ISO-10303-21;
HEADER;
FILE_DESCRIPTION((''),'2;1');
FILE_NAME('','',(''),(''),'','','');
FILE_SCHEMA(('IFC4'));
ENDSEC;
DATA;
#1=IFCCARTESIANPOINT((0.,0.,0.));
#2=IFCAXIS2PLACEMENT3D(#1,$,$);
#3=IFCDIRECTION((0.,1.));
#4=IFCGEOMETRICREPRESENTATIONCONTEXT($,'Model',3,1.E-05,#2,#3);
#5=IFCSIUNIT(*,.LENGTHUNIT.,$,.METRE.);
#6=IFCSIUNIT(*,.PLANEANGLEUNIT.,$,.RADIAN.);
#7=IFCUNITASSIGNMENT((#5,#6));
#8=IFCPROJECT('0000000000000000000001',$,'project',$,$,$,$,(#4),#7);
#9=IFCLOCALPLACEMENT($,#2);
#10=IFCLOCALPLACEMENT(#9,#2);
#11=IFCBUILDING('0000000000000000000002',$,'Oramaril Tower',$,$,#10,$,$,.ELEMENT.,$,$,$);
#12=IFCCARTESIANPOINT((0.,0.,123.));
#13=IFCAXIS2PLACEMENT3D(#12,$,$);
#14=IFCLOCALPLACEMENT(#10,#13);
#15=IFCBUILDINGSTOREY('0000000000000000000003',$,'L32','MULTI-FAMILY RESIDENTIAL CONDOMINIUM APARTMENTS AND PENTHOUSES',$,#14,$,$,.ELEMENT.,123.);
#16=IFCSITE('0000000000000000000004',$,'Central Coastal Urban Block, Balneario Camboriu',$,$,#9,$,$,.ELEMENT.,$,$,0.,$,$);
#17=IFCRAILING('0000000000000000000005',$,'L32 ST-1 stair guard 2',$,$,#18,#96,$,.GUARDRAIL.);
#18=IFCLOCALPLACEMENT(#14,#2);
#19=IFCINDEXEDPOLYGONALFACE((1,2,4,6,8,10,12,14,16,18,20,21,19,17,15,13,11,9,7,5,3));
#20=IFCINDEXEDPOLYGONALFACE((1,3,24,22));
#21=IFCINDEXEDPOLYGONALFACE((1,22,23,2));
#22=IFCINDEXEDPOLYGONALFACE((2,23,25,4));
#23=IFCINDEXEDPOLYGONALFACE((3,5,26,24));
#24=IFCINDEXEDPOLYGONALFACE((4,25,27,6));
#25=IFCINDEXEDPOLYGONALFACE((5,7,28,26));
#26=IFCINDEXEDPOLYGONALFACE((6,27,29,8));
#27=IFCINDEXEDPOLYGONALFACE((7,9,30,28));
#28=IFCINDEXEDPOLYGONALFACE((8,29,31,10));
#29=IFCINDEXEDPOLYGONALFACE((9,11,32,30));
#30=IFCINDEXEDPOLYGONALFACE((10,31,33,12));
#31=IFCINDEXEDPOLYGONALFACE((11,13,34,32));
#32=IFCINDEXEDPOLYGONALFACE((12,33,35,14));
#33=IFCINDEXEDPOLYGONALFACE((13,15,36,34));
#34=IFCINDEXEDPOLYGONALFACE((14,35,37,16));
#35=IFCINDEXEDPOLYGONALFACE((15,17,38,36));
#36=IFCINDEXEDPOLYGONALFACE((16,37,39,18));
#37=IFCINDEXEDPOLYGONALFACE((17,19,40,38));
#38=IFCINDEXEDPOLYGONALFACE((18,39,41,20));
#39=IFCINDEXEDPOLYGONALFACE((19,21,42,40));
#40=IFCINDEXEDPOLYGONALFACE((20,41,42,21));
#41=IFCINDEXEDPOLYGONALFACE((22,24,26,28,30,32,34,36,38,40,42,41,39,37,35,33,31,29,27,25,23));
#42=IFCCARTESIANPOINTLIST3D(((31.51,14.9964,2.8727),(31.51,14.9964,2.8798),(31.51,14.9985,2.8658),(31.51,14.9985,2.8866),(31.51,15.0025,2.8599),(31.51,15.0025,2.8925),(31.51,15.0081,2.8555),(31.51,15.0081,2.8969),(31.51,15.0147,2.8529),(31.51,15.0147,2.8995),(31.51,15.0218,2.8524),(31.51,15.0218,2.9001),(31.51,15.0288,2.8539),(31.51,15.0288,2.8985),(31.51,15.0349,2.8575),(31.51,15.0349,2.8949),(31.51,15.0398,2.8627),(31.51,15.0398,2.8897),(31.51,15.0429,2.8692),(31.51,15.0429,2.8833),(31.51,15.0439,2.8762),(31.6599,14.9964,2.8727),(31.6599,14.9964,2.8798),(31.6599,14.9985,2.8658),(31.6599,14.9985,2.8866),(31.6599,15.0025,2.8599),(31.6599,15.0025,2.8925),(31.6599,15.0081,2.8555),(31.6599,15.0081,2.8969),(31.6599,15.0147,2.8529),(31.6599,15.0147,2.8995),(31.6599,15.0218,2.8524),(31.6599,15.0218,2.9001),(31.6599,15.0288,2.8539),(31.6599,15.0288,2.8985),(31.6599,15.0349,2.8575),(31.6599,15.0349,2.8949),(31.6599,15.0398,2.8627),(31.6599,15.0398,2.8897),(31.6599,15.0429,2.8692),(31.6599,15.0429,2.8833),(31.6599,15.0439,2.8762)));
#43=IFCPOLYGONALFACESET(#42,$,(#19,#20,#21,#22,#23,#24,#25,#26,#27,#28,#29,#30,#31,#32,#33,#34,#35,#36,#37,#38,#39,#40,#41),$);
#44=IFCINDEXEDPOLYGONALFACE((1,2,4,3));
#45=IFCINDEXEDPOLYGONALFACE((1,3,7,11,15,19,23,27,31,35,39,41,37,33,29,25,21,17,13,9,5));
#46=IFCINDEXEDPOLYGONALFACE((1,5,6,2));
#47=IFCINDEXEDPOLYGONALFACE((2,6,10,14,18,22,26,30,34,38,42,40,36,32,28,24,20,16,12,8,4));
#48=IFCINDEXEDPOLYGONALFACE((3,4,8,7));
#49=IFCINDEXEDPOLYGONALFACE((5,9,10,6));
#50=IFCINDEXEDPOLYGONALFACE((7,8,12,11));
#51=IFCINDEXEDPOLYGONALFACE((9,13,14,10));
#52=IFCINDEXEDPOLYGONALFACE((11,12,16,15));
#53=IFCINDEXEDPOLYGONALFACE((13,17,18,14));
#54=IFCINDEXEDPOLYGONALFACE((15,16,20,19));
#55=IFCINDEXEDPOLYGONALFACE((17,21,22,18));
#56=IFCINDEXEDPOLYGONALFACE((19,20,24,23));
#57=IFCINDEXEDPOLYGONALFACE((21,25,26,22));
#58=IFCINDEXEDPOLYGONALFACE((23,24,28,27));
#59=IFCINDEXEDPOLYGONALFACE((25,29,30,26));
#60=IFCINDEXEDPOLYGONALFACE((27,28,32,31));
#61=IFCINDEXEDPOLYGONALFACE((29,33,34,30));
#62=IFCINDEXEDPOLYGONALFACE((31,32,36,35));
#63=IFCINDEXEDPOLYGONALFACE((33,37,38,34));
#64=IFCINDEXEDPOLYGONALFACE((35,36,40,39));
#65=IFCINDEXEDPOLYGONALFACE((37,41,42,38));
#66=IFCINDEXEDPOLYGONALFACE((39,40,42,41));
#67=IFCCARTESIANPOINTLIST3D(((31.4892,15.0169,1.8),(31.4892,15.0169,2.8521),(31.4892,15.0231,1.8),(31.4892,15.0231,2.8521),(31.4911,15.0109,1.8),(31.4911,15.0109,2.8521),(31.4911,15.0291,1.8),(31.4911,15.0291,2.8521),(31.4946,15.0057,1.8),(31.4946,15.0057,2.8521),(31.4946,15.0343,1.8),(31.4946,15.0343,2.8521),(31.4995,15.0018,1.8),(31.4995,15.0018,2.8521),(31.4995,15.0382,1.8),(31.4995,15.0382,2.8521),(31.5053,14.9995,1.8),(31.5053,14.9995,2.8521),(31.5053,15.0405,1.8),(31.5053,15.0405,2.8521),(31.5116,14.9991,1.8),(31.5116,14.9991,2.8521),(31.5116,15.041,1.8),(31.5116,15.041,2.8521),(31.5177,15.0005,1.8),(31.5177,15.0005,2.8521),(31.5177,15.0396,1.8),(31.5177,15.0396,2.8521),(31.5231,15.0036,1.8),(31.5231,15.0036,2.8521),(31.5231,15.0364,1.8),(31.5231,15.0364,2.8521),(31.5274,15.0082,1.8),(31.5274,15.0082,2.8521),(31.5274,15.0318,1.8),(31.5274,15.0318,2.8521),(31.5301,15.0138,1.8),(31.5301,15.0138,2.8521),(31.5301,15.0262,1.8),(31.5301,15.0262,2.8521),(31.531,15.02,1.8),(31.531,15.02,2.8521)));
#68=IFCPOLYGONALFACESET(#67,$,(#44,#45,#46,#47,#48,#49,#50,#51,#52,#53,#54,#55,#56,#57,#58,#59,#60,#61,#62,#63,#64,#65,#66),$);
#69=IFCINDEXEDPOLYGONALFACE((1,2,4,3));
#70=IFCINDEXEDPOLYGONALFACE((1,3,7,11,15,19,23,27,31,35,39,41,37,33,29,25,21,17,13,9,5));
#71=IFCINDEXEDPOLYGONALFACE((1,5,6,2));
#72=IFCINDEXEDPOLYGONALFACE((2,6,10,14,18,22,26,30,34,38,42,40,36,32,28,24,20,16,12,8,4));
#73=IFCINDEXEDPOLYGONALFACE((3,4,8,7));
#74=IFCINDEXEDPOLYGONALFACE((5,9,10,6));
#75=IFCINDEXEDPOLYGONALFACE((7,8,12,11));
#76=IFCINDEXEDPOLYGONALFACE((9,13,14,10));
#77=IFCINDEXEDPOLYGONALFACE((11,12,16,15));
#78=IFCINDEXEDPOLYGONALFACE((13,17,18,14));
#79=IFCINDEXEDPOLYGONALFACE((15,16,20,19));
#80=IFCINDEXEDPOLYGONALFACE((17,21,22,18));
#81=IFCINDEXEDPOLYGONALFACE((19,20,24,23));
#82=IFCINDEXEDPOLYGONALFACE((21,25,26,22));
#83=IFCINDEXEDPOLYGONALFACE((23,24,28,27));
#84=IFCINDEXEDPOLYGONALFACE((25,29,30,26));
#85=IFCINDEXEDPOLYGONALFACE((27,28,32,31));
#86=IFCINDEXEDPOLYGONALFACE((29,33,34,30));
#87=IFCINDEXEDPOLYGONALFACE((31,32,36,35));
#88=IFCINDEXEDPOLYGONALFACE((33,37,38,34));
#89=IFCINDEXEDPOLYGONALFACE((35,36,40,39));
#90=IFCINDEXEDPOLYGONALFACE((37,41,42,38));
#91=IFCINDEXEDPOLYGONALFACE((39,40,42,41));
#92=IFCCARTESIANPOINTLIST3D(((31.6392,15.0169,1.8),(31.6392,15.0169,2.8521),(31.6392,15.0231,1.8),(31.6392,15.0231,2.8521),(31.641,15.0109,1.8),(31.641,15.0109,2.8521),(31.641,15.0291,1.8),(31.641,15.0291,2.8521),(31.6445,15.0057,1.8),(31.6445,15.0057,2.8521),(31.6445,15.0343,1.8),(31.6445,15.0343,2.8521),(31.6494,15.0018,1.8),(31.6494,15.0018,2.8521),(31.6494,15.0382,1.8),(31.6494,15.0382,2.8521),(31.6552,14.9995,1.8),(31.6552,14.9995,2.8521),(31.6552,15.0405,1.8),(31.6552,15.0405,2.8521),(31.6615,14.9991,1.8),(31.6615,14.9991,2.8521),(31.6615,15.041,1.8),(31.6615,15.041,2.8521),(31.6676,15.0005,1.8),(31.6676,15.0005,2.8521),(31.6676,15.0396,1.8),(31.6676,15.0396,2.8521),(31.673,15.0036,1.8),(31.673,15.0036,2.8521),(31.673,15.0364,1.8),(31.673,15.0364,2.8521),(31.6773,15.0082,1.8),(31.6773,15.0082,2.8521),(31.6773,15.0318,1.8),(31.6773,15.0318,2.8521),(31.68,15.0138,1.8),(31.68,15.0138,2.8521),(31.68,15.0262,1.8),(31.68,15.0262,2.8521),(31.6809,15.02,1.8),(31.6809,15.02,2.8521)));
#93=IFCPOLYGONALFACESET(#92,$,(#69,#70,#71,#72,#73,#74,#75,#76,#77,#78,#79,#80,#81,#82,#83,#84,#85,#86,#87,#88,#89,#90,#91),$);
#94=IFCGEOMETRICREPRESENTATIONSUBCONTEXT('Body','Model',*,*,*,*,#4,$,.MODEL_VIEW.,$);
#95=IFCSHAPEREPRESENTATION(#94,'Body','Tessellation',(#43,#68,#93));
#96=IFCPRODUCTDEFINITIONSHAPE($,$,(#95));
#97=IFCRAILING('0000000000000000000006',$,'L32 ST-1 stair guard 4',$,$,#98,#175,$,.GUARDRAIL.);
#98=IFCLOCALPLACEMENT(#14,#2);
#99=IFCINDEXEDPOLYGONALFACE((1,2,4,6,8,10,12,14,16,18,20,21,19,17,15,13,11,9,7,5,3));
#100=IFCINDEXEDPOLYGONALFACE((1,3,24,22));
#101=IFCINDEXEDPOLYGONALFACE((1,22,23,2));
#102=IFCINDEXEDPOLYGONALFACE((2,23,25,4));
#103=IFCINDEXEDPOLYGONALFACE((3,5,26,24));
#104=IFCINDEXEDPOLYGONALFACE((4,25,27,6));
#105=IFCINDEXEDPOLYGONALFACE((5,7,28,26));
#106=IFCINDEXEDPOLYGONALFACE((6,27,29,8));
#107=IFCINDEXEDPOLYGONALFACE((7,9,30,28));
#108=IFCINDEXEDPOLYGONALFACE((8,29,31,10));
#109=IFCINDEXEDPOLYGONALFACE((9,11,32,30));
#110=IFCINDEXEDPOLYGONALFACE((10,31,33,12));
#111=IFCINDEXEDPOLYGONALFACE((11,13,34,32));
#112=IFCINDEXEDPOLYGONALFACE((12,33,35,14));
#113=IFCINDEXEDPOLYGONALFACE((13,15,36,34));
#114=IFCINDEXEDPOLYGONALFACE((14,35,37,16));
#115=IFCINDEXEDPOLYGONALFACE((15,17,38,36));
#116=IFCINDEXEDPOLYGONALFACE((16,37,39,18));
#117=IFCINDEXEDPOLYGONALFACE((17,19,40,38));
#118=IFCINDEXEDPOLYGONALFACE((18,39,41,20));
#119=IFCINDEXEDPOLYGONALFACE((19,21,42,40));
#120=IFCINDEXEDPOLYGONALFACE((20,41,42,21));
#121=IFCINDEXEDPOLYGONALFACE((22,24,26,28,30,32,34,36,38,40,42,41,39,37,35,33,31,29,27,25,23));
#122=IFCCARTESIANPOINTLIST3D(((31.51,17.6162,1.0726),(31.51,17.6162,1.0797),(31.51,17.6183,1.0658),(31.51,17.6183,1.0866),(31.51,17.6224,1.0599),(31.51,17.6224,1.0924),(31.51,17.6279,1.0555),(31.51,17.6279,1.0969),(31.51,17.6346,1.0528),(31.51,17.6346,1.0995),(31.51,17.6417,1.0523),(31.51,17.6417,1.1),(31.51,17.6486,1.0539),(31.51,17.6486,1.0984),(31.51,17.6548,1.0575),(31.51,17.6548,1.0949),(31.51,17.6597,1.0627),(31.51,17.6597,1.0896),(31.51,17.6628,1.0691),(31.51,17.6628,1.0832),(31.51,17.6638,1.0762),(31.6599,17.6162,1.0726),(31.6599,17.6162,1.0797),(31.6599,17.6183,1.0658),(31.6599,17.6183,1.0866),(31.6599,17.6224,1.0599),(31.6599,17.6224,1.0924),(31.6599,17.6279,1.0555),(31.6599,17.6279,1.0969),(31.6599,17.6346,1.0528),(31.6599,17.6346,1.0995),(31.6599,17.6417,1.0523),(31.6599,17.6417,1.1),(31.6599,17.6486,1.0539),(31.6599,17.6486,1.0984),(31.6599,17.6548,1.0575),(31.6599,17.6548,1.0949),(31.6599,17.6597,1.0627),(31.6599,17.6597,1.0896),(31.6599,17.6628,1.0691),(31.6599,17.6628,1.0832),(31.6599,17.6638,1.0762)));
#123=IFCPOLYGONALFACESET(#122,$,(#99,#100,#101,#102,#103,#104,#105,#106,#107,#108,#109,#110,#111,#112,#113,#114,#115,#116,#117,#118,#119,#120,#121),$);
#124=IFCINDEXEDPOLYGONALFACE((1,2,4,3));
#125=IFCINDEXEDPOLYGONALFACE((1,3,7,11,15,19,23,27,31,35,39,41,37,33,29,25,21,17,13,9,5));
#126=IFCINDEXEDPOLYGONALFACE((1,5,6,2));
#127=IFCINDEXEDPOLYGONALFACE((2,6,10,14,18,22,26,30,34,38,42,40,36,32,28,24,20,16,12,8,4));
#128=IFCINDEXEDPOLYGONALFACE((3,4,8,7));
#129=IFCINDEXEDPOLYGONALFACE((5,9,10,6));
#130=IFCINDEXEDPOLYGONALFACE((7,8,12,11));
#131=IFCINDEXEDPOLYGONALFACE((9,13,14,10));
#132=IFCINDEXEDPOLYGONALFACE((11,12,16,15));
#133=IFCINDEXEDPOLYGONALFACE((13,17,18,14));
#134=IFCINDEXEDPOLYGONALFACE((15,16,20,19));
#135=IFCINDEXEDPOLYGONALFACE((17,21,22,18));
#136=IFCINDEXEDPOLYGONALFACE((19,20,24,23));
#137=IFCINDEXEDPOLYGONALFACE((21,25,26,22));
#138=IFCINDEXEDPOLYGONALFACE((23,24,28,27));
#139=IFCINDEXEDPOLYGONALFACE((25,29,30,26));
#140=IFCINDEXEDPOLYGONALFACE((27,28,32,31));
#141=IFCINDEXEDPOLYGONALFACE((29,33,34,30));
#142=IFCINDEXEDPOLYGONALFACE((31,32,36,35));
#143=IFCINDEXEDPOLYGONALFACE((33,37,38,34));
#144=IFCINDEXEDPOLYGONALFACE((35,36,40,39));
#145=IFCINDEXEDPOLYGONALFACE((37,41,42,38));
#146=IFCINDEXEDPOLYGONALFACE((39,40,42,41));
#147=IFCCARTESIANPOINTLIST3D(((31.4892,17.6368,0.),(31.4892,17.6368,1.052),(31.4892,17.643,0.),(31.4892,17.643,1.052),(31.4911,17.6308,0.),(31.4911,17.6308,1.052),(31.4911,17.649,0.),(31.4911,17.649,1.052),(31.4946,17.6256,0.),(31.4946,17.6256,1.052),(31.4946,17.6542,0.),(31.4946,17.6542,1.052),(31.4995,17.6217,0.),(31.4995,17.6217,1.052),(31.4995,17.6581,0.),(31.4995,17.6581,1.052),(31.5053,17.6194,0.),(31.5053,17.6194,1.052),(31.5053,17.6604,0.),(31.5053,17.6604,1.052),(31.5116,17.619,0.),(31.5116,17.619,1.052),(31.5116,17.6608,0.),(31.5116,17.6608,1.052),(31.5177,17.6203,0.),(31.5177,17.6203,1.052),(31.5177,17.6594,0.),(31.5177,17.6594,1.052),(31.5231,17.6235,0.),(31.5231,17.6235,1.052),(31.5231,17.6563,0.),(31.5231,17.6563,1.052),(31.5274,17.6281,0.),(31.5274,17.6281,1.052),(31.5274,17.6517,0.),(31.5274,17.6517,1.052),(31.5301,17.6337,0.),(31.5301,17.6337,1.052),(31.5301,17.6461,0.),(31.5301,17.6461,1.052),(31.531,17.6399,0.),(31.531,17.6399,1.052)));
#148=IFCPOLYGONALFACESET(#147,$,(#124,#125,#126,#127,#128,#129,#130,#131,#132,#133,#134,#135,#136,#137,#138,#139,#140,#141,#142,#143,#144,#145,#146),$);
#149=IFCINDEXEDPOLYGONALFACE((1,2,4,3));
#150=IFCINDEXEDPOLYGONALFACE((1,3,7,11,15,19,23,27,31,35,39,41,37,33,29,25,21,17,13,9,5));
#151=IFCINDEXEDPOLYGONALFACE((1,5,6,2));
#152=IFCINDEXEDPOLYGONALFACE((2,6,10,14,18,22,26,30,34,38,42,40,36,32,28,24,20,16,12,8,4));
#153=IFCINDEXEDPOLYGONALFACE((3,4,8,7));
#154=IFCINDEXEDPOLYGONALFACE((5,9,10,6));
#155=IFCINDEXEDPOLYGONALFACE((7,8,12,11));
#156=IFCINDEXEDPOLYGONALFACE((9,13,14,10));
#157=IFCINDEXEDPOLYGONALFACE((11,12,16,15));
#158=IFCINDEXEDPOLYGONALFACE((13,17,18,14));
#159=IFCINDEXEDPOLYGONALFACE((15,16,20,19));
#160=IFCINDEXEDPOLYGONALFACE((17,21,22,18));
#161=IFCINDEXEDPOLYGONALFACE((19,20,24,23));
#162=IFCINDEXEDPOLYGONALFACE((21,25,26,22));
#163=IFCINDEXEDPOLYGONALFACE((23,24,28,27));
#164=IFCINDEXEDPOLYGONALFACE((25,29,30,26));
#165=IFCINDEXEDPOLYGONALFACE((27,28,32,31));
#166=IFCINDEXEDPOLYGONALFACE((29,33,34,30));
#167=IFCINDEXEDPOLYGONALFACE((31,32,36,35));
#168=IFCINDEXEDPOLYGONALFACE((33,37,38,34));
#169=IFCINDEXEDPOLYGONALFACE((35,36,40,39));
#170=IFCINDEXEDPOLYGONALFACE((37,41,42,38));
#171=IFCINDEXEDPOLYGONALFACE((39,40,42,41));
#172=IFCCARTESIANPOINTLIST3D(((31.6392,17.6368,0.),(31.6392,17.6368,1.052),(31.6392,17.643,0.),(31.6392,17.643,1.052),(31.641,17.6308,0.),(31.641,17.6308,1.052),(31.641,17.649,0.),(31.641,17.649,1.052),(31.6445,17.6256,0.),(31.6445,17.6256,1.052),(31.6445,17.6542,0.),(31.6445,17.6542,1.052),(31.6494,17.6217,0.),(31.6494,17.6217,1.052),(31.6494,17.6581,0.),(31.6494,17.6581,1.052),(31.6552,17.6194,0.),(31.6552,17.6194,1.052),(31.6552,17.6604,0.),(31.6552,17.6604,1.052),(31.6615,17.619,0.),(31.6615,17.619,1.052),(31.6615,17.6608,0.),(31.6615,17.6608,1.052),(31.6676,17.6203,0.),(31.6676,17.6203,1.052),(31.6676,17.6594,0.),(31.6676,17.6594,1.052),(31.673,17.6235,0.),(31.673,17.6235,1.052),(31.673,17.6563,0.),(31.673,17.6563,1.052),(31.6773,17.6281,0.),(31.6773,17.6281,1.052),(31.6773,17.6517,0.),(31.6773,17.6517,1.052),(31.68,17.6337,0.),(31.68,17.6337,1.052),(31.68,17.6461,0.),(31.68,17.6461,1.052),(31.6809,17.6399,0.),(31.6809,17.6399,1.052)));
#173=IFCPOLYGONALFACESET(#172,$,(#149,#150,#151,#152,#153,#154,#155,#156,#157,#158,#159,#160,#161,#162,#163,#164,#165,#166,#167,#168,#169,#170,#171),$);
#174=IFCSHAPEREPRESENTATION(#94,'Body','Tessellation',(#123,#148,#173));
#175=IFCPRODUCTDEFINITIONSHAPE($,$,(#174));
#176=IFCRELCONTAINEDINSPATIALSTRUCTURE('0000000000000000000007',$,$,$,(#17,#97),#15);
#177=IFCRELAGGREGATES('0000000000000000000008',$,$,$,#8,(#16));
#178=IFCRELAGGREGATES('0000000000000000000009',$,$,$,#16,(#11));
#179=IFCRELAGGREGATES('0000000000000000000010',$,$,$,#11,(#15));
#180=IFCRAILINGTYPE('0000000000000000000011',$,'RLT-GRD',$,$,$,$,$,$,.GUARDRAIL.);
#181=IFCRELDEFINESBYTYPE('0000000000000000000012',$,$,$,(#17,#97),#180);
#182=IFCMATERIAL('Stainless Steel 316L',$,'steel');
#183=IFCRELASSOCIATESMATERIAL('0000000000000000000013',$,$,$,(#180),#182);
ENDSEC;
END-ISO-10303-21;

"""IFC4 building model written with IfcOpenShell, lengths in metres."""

from ifc_helpers import new_model, si_unit, direction, frame, origin, origin_2d, place, context, subcontext, project, spatial, circle, extrude, material, type_object, element, save


model = new_model("IFC4")

# Units and contexts
model_context = context("Model", 3, precision=1e-05, world=origin(), true_north=direction((0.0, 1.0)))
body_context = subcontext(model_context, "Body", "Model", "MODEL_VIEW")
ifc_project = project(units=[si_unit("LENGTHUNIT", "METRE"), si_unit("PLANEANGLEUNIT", "RADIAN")], contexts=[model_context])

# Site, building, storey
site_placement = place(None, origin())
site = spatial("IfcSite", under=ifc_project, at=site_placement, Name="Central Coastal Urban Block, Balneario Camboriu", CompositionType="ELEMENT", RefElevation=0.0)
building_placement = place(site_placement, origin())
building = spatial("IfcBuilding", under=site, at=building_placement, Name="Oramaril Tower", CompositionType="ELEMENT")
storey_placement = place(building_placement, frame((0.0, 0.0, 123.0)))
storey = spatial("IfcBuildingStorey", under=building, at=storey_placement, Name="L32", Description="MULTI-FAMILY RESIDENTIAL CONDOMINIUM APARTMENTS AND PENTHOUSES", CompositionType="ELEMENT", Elevation=123.0)

# Railings
ifc_material_1 = material(Name="Stainless Steel 316L", Category="steel")
railing_type_1 = type_object("IfcRailingType", Name="RLT-GRD", PredefinedType="GUARDRAIL", material=ifc_material_1)
for number, where, name in (
    (1, (31.51, 15.02, 1.8), "L32 ST-1 stair guard 2"),
    (2, (31.51, 17.6399, 0.0), "L32 ST-1 stair guard 4"),
):
    element("IfcRailing", number, at=place(storey_placement, frame(where)), inside=storey, type_object=railing_type_1, Name=name, PredefinedType="GUARDRAIL", context=body_context, shape_type="SweptSolid", body=[
        extrude(circle(Radius=0.0239, at=origin_2d()), frame((0.0, 0.0, 1.0762), z_axis=(1.0, 0.0, 0.0), x_axis=(0.0, 1.0, 0.0)), (0.0, 0.0, 1.0), 0.1499),
        extrude(circle(Radius=0.021, at=origin_2d()), origin(), (0.0, 0.0, 1.0), 1.052),
        extrude(circle(Radius=0.021, at=origin_2d()), frame((0.1499, 0.0, 0.0)), (0.0, 0.0, 1.0), 1.052),
    ])

save(model, "model.ifc")
